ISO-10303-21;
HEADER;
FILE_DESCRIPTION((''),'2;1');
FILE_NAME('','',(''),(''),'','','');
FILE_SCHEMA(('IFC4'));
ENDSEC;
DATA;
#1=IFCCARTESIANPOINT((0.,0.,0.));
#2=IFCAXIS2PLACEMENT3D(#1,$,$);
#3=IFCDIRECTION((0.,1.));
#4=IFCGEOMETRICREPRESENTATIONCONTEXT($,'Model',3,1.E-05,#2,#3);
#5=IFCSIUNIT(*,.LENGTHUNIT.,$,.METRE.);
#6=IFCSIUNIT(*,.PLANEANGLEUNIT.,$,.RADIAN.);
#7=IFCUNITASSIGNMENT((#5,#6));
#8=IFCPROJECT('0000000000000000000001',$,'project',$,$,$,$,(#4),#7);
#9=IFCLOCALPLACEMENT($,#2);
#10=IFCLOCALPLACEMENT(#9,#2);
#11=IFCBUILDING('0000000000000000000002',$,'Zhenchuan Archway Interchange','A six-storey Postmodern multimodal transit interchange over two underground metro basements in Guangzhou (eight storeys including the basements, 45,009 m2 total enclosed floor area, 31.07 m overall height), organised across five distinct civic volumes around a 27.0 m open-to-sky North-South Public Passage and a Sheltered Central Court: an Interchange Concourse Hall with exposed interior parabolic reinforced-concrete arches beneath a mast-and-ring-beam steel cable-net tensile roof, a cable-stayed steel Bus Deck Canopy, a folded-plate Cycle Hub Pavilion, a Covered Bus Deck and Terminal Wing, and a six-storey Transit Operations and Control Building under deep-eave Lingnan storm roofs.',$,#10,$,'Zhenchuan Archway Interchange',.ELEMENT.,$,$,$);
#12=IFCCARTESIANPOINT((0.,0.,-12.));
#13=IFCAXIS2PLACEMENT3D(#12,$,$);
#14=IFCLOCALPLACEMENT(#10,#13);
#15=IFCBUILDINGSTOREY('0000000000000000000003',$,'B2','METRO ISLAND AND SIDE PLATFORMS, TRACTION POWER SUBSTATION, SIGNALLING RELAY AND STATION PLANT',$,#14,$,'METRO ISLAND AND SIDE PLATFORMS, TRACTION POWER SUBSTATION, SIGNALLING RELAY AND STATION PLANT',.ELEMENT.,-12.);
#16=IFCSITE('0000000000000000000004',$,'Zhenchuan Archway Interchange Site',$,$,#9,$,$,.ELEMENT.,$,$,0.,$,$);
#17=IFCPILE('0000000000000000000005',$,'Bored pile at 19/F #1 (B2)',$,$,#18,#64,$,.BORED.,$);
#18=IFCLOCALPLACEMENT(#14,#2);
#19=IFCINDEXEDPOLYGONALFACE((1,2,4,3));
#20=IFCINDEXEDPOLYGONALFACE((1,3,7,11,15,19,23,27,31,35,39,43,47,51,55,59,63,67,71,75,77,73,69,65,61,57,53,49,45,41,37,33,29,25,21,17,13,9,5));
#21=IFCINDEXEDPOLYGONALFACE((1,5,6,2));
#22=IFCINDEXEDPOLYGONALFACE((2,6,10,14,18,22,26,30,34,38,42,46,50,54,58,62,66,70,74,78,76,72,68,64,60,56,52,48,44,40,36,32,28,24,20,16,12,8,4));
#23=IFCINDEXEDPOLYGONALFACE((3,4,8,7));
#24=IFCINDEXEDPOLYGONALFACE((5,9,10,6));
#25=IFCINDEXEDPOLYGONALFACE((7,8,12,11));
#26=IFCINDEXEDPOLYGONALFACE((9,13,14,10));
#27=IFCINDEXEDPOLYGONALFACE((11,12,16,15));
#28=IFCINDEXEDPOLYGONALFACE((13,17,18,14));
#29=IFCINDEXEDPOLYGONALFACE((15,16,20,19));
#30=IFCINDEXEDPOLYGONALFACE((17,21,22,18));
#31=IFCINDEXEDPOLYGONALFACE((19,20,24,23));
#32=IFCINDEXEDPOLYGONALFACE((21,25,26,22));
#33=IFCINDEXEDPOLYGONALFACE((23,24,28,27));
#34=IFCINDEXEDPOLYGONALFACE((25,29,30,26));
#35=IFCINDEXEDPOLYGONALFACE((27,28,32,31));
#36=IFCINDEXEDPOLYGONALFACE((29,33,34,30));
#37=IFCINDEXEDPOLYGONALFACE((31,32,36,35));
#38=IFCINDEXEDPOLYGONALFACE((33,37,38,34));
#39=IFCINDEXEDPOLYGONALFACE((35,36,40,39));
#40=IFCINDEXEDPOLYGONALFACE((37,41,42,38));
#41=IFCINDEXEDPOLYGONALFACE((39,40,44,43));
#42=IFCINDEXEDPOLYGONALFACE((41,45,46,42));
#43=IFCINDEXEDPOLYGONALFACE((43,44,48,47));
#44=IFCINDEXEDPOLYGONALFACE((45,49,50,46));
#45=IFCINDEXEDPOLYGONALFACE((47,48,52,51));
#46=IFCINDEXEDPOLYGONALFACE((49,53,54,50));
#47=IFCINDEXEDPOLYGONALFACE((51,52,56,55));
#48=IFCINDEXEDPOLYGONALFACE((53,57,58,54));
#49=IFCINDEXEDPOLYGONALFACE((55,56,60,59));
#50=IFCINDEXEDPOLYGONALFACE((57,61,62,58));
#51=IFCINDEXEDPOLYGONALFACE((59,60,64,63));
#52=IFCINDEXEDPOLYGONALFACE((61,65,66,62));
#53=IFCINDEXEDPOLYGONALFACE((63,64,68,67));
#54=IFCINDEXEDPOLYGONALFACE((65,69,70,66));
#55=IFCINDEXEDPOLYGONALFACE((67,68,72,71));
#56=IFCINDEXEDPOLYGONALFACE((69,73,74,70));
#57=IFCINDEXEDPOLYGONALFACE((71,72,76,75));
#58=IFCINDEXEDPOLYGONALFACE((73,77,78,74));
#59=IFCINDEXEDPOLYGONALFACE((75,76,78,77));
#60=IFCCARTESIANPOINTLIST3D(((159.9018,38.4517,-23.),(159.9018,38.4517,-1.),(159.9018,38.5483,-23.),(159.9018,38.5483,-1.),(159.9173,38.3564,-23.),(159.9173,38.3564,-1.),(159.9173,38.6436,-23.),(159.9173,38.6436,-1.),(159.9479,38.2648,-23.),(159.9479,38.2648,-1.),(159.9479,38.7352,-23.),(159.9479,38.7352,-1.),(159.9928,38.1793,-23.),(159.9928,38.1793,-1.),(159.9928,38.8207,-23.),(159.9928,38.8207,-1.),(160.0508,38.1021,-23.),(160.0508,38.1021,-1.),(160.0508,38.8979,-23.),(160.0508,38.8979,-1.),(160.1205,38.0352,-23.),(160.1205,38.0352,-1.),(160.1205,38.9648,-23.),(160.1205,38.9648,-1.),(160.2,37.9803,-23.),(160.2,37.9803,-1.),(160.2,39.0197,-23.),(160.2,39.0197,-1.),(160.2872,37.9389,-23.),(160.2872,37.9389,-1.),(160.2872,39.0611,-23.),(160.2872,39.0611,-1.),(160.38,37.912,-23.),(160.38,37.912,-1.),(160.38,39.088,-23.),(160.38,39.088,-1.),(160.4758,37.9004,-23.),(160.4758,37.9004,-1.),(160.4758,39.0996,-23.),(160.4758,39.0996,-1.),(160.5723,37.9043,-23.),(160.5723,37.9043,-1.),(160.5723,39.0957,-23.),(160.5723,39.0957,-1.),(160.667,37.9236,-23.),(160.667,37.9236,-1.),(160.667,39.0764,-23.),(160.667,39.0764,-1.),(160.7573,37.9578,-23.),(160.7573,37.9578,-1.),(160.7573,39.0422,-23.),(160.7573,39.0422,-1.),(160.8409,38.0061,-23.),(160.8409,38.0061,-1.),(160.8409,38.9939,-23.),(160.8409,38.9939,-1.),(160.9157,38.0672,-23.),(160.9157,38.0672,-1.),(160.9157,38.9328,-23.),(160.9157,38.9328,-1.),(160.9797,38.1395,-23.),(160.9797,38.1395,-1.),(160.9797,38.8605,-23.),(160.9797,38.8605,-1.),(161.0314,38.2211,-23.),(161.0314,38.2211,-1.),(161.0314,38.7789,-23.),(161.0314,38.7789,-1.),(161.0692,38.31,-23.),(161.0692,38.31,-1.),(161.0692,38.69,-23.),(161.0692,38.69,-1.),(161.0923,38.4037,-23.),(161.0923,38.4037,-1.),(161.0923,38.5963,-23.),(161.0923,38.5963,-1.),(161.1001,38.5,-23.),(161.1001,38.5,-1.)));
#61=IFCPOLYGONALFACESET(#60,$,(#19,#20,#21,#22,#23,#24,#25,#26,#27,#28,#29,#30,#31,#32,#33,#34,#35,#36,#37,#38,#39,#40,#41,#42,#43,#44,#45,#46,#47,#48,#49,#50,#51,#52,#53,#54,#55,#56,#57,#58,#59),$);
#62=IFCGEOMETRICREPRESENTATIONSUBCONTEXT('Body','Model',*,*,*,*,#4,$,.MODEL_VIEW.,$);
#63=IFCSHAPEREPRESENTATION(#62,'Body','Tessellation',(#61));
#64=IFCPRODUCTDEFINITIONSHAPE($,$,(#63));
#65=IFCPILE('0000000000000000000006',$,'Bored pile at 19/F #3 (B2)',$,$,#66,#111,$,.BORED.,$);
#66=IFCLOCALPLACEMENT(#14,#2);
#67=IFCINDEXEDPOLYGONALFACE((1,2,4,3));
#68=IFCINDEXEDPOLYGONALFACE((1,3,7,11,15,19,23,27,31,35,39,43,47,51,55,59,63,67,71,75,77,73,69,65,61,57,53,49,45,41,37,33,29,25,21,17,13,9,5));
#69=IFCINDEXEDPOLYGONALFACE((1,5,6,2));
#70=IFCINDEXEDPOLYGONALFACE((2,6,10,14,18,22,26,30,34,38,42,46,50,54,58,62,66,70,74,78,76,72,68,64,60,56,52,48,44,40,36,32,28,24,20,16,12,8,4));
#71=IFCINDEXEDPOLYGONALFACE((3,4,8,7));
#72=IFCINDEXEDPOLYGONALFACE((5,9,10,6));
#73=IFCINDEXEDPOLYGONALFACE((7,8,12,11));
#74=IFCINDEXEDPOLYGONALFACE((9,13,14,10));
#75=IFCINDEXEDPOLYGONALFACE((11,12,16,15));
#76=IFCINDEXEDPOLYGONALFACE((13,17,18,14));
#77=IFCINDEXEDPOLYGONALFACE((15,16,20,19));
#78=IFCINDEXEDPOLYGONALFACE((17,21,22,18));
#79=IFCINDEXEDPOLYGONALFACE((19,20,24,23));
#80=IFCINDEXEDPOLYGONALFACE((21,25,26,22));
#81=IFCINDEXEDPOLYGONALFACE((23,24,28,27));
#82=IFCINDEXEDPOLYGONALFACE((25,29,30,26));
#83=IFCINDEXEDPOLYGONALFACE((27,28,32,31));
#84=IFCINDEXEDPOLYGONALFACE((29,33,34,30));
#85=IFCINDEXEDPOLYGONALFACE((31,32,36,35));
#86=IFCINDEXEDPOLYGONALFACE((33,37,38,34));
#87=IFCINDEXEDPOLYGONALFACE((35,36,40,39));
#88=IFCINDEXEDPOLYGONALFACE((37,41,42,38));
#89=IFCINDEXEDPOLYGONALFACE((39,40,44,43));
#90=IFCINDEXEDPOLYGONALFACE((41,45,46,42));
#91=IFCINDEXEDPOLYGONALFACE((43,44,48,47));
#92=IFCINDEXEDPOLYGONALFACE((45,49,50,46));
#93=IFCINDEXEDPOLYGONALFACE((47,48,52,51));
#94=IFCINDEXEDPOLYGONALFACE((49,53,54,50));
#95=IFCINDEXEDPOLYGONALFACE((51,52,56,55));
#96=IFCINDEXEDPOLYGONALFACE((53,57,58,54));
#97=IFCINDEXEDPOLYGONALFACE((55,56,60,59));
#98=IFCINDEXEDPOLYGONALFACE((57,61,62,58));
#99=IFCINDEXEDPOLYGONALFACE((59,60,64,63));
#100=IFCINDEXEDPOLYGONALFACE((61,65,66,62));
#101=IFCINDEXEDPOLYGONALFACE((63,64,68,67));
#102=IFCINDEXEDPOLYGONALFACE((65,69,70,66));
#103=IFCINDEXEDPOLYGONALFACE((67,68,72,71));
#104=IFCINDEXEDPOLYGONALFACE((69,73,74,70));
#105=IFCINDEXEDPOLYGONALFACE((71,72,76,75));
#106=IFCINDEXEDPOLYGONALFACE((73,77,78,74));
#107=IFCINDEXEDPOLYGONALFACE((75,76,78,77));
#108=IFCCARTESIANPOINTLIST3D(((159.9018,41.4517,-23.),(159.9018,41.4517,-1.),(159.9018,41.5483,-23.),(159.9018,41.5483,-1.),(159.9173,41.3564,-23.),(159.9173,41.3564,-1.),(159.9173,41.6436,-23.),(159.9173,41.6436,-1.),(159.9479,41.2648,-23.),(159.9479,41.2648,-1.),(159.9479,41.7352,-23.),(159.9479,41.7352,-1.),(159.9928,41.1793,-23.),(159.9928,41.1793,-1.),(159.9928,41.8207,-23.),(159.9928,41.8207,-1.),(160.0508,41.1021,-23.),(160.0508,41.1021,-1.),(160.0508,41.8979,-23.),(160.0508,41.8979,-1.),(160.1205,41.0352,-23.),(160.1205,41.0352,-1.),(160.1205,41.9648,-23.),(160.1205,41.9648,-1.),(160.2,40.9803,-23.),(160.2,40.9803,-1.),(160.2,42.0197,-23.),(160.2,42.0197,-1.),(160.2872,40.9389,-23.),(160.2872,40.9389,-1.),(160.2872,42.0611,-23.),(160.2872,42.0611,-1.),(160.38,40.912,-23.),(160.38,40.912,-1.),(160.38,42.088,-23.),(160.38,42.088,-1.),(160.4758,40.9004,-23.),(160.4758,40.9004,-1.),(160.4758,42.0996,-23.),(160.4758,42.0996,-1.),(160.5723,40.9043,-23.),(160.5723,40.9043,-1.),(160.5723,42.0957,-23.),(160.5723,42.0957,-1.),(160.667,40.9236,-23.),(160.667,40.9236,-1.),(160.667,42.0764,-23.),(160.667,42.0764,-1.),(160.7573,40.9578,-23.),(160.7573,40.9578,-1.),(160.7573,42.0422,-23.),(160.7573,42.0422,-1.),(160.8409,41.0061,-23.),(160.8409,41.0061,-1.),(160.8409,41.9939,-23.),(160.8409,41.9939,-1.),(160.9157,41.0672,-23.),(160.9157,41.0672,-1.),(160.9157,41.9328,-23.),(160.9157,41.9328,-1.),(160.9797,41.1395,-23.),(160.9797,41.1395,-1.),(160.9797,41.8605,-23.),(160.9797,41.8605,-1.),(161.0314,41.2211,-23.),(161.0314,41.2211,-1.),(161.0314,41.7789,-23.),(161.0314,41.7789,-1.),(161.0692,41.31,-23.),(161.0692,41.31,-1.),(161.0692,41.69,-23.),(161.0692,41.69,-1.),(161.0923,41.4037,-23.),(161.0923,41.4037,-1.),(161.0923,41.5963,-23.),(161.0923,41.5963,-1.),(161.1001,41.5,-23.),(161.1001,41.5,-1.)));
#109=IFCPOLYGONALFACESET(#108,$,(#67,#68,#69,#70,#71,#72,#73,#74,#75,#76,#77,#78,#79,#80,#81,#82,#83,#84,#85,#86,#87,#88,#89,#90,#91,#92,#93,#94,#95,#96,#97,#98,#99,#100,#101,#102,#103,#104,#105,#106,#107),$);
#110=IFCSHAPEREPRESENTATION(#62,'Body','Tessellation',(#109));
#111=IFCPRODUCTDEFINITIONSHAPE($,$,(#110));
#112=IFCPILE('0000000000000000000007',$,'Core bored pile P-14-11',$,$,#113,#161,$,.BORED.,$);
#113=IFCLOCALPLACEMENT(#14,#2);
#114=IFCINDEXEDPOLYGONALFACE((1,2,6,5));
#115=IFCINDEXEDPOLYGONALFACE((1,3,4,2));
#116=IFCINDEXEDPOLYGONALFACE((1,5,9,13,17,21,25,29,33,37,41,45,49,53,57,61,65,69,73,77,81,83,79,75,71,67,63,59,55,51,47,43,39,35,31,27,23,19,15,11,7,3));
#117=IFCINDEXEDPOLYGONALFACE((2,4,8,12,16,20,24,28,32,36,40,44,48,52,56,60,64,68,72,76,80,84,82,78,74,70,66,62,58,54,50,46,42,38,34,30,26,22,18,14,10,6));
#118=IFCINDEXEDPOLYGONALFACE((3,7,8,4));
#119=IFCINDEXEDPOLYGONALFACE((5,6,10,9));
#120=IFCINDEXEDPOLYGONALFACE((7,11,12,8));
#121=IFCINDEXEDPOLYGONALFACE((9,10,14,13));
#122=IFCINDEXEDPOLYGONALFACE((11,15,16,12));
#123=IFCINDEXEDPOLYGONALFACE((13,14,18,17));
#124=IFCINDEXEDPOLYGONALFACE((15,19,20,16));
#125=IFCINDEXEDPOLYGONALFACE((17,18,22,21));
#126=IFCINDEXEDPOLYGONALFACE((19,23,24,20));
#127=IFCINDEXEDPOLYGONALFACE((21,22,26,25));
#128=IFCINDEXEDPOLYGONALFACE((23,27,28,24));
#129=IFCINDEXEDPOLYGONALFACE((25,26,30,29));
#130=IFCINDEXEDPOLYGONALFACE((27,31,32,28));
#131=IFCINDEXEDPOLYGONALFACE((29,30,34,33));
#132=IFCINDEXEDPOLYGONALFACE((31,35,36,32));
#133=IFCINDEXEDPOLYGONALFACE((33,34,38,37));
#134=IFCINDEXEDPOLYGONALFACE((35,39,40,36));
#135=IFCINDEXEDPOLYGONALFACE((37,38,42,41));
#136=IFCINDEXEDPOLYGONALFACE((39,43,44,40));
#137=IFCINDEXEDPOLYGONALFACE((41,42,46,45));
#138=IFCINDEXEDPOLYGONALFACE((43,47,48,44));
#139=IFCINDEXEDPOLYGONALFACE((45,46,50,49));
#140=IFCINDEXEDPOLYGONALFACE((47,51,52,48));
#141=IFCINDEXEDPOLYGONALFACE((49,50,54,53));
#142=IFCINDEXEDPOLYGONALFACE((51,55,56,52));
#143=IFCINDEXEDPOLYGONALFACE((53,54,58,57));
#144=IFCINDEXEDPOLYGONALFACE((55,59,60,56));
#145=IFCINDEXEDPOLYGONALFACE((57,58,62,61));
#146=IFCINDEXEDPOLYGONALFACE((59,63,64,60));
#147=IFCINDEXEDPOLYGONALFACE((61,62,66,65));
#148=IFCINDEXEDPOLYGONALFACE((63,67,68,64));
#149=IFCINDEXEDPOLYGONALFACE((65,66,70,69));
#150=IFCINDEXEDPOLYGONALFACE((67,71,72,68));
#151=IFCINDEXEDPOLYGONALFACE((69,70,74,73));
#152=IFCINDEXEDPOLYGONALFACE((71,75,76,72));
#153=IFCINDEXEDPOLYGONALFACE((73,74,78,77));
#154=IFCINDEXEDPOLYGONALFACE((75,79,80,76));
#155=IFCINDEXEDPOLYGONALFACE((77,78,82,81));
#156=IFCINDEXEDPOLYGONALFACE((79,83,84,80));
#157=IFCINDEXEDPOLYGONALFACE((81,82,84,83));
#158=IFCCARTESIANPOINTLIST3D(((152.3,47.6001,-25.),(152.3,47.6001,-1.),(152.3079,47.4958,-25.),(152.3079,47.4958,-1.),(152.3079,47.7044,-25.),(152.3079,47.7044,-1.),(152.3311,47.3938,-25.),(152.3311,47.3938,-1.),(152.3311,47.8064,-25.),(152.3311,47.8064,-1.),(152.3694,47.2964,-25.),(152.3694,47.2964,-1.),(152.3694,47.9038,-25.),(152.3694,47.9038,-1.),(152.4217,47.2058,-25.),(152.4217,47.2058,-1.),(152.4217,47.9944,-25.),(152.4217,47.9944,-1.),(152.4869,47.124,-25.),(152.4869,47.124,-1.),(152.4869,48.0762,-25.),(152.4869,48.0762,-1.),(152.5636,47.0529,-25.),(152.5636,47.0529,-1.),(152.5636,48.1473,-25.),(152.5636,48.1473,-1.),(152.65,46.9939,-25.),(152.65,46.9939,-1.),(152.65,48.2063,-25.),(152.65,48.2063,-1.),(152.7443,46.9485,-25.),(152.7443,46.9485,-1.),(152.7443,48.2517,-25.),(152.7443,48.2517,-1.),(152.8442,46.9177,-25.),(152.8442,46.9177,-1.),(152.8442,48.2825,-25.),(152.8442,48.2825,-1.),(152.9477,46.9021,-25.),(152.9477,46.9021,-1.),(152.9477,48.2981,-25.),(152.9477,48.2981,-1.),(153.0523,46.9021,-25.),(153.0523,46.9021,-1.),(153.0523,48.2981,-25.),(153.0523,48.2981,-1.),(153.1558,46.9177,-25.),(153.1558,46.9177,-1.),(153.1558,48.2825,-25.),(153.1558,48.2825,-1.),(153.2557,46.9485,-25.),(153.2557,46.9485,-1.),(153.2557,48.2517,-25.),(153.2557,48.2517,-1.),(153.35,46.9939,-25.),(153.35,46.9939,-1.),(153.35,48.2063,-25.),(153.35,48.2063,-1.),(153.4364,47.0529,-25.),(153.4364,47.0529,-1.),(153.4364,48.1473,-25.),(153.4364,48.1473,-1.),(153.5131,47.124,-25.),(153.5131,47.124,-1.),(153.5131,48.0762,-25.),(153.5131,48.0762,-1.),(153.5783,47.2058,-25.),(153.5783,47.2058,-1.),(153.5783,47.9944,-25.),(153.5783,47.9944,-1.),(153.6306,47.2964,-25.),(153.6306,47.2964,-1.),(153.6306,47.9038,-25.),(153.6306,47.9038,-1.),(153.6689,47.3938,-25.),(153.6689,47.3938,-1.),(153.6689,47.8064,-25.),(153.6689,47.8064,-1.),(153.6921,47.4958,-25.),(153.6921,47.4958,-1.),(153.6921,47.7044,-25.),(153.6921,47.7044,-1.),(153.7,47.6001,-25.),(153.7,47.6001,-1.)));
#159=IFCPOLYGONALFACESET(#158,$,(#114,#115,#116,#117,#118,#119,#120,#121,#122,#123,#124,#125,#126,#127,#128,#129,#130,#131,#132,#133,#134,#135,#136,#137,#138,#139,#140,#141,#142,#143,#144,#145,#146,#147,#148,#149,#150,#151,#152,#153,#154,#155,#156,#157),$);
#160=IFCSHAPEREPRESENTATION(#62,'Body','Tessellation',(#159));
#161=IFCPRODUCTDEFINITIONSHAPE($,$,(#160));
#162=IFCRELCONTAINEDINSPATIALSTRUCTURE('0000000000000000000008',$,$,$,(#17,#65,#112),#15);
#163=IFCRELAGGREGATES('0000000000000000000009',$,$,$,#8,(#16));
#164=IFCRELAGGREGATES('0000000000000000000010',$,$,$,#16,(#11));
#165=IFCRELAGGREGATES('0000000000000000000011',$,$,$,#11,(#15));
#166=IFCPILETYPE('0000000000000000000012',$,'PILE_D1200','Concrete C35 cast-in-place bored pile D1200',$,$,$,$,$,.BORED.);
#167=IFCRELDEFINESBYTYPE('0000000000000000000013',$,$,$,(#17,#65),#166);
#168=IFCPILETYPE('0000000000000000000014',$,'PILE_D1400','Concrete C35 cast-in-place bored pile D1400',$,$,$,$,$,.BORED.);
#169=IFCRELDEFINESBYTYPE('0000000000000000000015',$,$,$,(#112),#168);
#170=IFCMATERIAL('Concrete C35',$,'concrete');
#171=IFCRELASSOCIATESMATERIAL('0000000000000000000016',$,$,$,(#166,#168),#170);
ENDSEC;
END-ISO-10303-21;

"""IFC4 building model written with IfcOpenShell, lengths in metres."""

from ifc_helpers import new_model, si_unit, direction, frame, origin, origin_2d, place, context, subcontext, project, spatial, circle, extrude, material, material_profile, profile_set, type_object, element, save


model = new_model("IFC4")

# Units and contexts
model_context = context("Model", 3, precision=1e-05, world=origin(), true_north=direction((0.0, 1.0)))
body_context = subcontext(model_context, "Body", "Model", "MODEL_VIEW")
ifc_project = project(units=[si_unit("LENGTHUNIT", "METRE"), si_unit("PLANEANGLEUNIT", "RADIAN")], contexts=[model_context])

# Site, building, storey
site_placement = place(None, origin())
site = spatial("IfcSite", under=ifc_project, at=site_placement, Name="Zhenchuan Archway Interchange Site", CompositionType="ELEMENT", RefElevation=0.0)
building_placement = place(site_placement, origin())
building = spatial("IfcBuilding", under=site, at=building_placement, Name="Zhenchuan Archway Interchange", Description="A six-storey Postmodern multimodal transit interchange over two underground metro basements in Guangzhou (eight storeys including the basements, 45,009 m2 total enclosed floor area, 31.07 m overall height), organised across five distinct civic volumes around a 27.0 m open-to-sky North-South Public Passage and a Sheltered Central Court: an Interchange Concourse Hall with exposed interior parabolic reinforced-concrete arches beneath a mast-and-ring-beam steel cable-net tensile roof, a cable-stayed steel Bus Deck Canopy, a folded-plate Cycle Hub Pavilion, a Covered Bus Deck and Terminal Wing, and a six-storey Transit Operations and Control Building under deep-eave Lingnan storm roofs.", LongName="Zhenchuan Archway Interchange", CompositionType="ELEMENT")
storey_placement = place(building_placement, frame((0.0, 0.0, -12.0)))
storey = spatial("IfcBuildingStorey", under=building, at=storey_placement, Name="B2", Description="METRO ISLAND AND SIDE PLATFORMS, TRACTION POWER SUBSTATION, SIGNALLING RELAY AND STATION PLANT", LongName="METRO ISLAND AND SIDE PLATFORMS, TRACTION POWER SUBSTATION, SIGNALLING RELAY AND STATION PLANT", CompositionType="ELEMENT", Elevation=-12.0)

# Piles
ifc_material_1 = material(Name="Concrete C35", Category="concrete")
ifc_material_profile_1 = material_profile(ifc_material_1, circle(Radius=0.6001, at=origin_2d()), Name="BORED PILE 1200")
ifc_profile_set_1 = profile_set([ifc_material_profile_1], Name="Concrete C35")
pile_type_1 = type_object("IfcPileType", Name="PILE_D1200", Description="Concrete C35 cast-in-place bored pile D1200", PredefinedType="BORED", material=ifc_profile_set_1)
for number, where, z_axis, x_axis, name in (
    (1, (160.5, 38.5, -1.0), (0.0, 0.0, -1.0), (1.0, 0.0, 0.0), "Bored pile at 19/F #1 (B2)"),
    (2, (160.5, 41.5, -1.0), (0.0, 0.0, -1.0), (1.0, 0.0, 0.0), "Bored pile at 19/F #3 (B2)"),
):
    element("IfcPile", number, at=place(storey_placement, frame(where, z_axis=z_axis, x_axis=x_axis)), inside=storey, type_object=pile_type_1, Name=name, PredefinedType="BORED", context=body_context, shape_type="SweptSolid", body=[
        extrude(circle(Radius=0.6001, at=origin_2d()), origin(), (0.0, 0.0, 1.0), 22.0),
    ])
ifc_material_profile_2 = material_profile(ifc_material_1, circle(Radius=0.7, at=origin_2d()), Name="BORED PILE 1400")
ifc_profile_set_2 = profile_set([ifc_material_profile_2], Name="Concrete C35")
pile_type_2 = type_object("IfcPileType", Name="PILE_D1400", Description="Concrete C35 cast-in-place bored pile D1400", PredefinedType="BORED", material=ifc_profile_set_2)
for number, where, z_axis, x_axis, name in (
    (3, (153.0, 47.6001, -1.0), (0.0, 0.0, -1.0), (1.0, 0.0, 0.0), "Core bored pile P-14-11"),
):
    element("IfcPile", number, at=place(storey_placement, frame(where, z_axis=z_axis, x_axis=x_axis)), inside=storey, type_object=pile_type_2, Name=name, PredefinedType="BORED", context=body_context, shape_type="SweptSolid", body=[
        extrude(circle(Radius=0.7, at=origin_2d()), origin(), (0.0, 0.0, 1.0), 24.0),
    ])

save(model, "model.ifc")
